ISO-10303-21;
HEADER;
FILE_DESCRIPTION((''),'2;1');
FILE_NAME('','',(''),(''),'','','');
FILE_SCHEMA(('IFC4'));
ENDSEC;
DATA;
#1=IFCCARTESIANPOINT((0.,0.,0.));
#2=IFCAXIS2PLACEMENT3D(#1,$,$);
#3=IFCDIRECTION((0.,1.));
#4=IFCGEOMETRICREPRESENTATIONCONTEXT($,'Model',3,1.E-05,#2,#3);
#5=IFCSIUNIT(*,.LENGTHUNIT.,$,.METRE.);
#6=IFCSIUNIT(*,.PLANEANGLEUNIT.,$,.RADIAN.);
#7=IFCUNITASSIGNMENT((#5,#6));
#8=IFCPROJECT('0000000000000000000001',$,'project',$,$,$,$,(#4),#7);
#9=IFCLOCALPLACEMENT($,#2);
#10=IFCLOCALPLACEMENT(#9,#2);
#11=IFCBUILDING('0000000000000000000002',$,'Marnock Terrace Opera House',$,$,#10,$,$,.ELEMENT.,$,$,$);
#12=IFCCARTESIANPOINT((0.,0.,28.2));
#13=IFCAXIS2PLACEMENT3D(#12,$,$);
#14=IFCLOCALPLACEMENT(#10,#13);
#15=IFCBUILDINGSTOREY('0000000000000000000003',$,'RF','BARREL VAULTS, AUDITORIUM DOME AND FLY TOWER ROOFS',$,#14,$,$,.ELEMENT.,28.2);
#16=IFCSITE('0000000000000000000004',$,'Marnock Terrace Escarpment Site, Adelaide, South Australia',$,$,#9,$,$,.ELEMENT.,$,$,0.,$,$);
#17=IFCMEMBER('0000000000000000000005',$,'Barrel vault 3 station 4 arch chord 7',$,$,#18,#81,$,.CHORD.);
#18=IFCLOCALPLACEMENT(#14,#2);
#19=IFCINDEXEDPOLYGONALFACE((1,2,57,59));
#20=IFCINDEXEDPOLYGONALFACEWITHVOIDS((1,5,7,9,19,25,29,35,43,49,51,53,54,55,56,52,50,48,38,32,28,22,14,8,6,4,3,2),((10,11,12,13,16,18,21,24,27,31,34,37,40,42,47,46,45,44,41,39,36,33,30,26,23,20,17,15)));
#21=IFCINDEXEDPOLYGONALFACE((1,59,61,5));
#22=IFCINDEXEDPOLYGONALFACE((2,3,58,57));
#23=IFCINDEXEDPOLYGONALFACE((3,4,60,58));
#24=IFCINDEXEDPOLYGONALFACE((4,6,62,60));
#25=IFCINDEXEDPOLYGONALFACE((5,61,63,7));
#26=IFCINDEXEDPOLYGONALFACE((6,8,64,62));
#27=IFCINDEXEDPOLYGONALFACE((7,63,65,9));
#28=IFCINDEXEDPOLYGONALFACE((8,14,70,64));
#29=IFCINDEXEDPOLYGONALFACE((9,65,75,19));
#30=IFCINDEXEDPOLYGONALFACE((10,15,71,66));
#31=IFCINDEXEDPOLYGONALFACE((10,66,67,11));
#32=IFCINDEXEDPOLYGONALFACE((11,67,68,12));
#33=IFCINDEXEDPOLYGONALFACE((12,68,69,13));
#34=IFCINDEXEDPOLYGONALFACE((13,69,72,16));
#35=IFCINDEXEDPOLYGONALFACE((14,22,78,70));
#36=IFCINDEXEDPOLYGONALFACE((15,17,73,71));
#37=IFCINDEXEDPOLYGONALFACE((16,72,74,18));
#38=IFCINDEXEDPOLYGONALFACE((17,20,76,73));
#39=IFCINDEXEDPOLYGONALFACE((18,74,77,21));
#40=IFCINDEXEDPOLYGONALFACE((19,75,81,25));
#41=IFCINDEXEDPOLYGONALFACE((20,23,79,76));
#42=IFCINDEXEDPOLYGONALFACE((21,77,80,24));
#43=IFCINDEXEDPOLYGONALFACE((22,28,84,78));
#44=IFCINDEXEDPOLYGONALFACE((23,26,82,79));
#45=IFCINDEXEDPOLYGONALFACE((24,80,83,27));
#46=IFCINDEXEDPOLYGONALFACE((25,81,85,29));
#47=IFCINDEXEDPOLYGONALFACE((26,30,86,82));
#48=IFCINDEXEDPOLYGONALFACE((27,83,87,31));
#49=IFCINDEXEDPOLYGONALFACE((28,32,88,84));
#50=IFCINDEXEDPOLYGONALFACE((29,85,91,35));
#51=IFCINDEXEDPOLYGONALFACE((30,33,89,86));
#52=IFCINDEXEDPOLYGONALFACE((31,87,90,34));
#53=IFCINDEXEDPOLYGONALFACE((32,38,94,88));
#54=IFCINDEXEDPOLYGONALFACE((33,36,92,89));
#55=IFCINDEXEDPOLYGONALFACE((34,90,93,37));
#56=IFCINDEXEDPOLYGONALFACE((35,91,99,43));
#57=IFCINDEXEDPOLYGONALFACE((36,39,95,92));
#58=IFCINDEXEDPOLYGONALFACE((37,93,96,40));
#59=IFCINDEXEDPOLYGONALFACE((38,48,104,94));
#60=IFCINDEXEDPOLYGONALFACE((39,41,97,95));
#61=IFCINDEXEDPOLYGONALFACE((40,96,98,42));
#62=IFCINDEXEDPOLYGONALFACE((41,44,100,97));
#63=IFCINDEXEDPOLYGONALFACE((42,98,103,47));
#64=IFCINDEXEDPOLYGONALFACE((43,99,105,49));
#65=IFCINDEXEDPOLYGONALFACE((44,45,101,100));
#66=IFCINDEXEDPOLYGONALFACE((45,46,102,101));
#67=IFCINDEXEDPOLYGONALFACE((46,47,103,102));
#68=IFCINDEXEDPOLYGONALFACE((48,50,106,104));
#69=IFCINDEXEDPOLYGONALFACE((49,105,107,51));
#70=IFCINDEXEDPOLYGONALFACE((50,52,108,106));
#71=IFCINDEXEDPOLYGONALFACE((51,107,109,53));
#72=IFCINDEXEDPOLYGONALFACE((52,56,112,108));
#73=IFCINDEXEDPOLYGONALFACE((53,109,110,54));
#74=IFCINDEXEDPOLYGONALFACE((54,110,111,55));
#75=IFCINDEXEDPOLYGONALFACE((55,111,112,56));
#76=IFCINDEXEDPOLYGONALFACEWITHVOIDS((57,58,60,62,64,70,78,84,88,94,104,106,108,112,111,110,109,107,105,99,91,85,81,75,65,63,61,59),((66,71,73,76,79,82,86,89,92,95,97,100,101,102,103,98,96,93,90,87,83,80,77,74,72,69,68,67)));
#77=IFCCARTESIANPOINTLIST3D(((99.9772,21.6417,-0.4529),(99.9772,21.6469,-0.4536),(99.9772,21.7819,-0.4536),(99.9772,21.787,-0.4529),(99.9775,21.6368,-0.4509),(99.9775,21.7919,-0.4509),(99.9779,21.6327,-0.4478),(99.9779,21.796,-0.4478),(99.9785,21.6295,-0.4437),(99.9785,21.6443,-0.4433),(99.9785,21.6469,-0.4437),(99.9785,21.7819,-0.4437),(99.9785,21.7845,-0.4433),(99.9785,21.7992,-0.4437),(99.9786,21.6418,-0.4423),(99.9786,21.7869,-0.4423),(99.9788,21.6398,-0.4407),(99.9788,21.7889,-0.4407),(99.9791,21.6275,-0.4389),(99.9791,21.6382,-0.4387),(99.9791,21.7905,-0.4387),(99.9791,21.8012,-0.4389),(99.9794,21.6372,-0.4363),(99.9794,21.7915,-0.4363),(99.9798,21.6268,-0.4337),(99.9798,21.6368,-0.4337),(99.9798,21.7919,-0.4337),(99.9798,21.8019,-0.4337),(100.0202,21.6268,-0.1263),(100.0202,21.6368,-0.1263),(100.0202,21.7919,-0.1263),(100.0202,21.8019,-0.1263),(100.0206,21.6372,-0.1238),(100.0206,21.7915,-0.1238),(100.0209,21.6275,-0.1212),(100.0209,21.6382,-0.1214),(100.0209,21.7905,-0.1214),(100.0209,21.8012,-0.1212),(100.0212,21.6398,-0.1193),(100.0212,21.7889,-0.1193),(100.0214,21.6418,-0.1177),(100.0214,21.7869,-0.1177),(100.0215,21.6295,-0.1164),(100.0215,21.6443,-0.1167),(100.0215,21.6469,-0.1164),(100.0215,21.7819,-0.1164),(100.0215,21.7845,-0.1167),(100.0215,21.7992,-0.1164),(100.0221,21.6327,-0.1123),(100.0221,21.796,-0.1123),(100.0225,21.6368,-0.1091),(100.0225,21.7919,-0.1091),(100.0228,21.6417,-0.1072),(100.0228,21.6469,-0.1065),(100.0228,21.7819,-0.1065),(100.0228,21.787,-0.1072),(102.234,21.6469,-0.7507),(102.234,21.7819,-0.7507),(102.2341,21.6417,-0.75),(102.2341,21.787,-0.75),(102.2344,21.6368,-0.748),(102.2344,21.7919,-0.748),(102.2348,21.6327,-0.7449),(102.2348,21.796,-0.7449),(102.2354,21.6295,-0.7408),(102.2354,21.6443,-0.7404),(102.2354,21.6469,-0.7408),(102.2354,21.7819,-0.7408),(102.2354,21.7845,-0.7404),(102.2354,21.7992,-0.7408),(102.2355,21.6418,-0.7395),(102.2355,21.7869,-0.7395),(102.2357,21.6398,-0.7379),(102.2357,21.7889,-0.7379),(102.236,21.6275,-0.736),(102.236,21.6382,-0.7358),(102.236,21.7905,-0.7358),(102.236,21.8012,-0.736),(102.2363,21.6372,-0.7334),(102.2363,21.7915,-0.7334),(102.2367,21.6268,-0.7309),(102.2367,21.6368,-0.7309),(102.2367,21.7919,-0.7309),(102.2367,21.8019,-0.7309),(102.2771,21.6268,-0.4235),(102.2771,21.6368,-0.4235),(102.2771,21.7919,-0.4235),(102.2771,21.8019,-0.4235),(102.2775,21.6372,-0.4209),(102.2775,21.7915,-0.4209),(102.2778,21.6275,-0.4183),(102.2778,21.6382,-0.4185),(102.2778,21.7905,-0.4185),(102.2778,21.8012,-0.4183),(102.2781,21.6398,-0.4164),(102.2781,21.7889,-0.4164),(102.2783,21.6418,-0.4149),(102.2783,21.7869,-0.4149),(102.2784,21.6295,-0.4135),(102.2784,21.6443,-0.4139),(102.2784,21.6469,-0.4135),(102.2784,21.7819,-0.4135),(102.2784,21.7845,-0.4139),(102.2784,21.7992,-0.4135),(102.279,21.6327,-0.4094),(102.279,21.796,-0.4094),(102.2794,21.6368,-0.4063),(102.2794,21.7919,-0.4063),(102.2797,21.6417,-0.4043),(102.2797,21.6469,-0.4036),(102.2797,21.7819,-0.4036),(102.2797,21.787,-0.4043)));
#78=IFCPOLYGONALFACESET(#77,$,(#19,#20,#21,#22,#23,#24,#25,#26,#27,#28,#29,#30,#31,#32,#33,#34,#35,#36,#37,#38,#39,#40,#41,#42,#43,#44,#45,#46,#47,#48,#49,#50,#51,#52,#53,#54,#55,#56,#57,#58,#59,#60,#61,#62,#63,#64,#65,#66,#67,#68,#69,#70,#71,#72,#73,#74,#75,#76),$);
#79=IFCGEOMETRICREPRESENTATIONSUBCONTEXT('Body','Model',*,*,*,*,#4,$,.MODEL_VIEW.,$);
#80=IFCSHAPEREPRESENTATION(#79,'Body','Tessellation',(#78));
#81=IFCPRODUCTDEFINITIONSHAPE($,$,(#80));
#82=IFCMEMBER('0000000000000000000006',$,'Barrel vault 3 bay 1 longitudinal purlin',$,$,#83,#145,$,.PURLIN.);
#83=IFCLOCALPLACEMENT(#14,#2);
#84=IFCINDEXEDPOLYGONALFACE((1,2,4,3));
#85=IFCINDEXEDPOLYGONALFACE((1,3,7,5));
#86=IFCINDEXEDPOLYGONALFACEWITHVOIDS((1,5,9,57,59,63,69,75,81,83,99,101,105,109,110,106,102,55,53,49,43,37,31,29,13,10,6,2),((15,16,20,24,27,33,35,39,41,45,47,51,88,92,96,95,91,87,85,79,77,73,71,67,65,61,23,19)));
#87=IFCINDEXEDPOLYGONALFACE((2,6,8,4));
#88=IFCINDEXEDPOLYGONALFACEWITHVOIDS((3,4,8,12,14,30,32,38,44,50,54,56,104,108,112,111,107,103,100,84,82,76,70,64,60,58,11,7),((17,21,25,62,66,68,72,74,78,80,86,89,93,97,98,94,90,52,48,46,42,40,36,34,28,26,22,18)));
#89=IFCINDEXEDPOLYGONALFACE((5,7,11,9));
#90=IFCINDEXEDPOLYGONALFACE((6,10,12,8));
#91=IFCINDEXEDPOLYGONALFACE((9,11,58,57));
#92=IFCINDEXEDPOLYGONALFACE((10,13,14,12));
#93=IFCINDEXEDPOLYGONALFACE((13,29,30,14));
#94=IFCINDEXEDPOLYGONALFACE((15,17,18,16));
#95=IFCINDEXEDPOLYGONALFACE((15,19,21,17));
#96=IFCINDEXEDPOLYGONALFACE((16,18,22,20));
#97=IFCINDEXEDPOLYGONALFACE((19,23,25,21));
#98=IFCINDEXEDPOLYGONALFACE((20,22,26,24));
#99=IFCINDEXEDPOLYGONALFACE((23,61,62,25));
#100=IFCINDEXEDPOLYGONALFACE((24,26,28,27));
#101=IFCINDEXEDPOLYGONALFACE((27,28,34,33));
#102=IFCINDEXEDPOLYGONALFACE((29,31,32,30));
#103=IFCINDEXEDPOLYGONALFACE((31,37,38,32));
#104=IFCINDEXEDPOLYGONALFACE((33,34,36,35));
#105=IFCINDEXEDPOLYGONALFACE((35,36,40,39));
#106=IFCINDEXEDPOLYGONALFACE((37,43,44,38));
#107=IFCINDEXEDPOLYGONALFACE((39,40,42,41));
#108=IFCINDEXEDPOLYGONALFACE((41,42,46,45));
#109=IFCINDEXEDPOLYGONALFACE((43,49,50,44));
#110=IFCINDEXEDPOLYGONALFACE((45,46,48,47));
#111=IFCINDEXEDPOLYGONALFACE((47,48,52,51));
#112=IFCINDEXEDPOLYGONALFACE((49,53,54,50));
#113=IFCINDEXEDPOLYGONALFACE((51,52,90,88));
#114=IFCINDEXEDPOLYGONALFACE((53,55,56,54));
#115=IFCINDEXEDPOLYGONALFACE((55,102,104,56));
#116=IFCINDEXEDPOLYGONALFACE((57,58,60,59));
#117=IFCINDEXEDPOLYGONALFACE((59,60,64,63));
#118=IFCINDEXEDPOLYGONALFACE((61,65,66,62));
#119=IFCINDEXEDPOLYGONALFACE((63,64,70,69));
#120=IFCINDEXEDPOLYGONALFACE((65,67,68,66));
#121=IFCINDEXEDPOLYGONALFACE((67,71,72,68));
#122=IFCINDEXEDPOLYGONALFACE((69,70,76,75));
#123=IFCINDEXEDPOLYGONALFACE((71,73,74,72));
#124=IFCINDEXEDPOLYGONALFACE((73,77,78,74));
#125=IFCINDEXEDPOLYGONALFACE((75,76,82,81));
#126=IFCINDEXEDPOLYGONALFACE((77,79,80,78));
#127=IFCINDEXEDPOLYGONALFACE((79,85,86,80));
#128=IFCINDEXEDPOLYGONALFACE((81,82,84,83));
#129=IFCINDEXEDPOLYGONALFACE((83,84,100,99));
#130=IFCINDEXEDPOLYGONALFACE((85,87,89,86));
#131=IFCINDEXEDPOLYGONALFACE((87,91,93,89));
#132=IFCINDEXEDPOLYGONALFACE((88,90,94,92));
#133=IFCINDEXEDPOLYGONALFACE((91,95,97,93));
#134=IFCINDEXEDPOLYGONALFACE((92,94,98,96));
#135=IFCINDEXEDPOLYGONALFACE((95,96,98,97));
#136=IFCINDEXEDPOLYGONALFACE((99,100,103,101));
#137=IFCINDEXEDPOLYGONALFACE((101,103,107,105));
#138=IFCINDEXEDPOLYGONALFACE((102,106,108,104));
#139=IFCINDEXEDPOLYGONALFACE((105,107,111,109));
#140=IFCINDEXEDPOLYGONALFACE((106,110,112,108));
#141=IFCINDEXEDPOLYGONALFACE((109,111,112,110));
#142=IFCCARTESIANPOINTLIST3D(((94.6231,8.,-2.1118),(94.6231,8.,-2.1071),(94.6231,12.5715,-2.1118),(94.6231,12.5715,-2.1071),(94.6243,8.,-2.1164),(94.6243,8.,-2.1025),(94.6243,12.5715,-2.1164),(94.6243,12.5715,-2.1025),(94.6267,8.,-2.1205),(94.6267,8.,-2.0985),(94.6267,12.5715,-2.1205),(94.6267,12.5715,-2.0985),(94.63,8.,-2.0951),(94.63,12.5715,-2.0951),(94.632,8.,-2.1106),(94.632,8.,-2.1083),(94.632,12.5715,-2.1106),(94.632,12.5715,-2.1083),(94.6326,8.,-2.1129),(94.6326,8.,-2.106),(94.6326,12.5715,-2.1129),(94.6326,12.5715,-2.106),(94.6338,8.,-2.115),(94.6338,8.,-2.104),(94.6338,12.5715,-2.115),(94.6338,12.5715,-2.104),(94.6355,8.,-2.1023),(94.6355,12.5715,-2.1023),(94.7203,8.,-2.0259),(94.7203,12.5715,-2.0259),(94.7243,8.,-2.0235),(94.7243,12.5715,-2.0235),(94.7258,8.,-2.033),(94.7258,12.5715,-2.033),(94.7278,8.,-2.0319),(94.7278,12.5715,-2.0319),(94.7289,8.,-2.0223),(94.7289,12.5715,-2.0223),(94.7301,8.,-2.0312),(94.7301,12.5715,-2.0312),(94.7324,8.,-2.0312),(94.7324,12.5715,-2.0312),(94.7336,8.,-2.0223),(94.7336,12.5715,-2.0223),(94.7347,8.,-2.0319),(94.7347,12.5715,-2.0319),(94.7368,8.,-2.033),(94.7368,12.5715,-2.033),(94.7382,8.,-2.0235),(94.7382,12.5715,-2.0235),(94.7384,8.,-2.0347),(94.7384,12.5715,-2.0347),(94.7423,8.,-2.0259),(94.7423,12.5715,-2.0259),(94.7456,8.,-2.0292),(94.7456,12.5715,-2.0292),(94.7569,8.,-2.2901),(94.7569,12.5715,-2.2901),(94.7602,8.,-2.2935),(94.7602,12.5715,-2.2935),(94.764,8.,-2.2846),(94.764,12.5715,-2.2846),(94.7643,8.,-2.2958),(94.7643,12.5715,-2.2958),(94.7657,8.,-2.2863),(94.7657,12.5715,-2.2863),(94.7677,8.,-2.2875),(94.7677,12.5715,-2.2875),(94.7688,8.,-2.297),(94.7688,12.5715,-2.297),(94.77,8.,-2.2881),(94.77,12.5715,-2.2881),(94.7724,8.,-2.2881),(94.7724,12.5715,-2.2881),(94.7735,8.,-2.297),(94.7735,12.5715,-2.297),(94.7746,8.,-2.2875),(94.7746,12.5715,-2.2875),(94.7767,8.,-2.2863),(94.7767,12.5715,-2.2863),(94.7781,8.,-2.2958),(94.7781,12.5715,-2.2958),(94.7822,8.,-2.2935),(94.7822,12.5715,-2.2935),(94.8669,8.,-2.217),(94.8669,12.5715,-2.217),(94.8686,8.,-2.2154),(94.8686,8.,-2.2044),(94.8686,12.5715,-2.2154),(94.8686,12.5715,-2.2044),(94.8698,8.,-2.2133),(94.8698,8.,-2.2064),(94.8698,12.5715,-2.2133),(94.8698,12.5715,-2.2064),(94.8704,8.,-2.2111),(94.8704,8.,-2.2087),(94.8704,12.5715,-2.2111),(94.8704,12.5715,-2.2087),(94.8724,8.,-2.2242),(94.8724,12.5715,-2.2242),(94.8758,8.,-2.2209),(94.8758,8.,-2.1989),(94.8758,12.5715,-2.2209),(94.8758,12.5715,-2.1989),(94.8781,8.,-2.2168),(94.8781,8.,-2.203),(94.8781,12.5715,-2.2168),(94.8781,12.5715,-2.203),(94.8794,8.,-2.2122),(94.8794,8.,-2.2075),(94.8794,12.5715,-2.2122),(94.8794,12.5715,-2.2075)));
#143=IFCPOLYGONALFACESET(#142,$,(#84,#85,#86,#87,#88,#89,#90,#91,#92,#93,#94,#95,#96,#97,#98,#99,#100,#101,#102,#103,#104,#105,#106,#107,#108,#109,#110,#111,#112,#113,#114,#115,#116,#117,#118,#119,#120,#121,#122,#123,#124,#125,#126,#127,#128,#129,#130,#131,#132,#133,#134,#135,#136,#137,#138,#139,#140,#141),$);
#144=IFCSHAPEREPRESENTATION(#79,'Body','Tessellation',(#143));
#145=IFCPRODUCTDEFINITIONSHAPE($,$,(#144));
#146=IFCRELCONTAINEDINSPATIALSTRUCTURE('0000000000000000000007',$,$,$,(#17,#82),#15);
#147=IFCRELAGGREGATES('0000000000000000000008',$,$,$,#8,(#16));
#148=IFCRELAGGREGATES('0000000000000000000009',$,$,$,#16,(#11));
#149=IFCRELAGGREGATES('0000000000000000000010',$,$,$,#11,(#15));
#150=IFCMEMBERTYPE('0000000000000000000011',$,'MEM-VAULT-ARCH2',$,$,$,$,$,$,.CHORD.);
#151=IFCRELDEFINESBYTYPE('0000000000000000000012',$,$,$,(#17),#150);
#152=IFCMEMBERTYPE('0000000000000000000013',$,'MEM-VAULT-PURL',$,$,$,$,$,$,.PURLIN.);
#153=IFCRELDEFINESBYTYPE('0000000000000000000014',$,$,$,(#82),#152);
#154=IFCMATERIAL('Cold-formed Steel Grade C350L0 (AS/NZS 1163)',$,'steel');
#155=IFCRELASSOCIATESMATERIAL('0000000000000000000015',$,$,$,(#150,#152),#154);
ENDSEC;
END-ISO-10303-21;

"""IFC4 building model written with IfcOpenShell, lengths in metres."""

from ifc_helpers import new_model, si_unit, direction, frame, origin, origin_2d, place, context, subcontext, project, spatial, hollow_rectangle, extrude, material, material_profile, profile_set, type_object, element, save


model = new_model("IFC4")

# Units and contexts
model_context = context("Model", 3, precision=1e-05, world=origin(), true_north=direction((0.0, 1.0)))
body_context = subcontext(model_context, "Body", "Model", "MODEL_VIEW")
ifc_project = project(units=[si_unit("LENGTHUNIT", "METRE"), si_unit("PLANEANGLEUNIT", "RADIAN")], contexts=[model_context])

# Site, building, storey
site_placement = place(None, origin())
site = spatial("IfcSite", under=ifc_project, at=site_placement, Name="Marnock Terrace Escarpment Site, Adelaide, South Australia", CompositionType="ELEMENT", RefElevation=0.0)
building_placement = place(site_placement, origin())
building = spatial("IfcBuilding", under=site, at=building_placement, Name="Marnock Terrace Opera House", CompositionType="ELEMENT")
storey_placement = place(building_placement, frame((0.0, 0.0, 28.2)))
storey = spatial("IfcBuildingStorey", under=building, at=storey_placement, Name="RF", Description="BARREL VAULTS, AUDITORIUM DOME AND FLY TOWER ROOFS", CompositionType="ELEMENT", Elevation=28.2)

# Members
ifc_material_1 = material(Name="Cold-formed Steel Grade C350L0 (AS/NZS 1163)", Category="steel")
ifc_material_profile_1 = material_profile(ifc_material_1, hollow_rectangle(XDim=0.175, YDim=0.3501, WallThickness=0.01, InnerFilletRadius=0.01, OuterFilletRadius=0.02, at=origin_2d()))
ifc_profile_set_1 = profile_set([ifc_material_profile_1], Name="Cold-formed Steel Grade C350L0 (AS/NZS 1163)")
member_type_1 = type_object("IfcMemberType", Name="MEM-VAULT-ARCH2", PredefinedType="CHORD", material=ifc_profile_set_1)
for number, where, z_axis, x_axis, name in (
    (1, (100.0, 21.7144, -0.28), (0.991445, 0.0, -0.130527), (0.0, 1.0, 0.0), "Barrel vault 3 station 4 arch chord 7"),
):
    element("IfcMember", number, at=place(storey_placement, frame(where, z_axis=z_axis, x_axis=x_axis)), inside=storey, type_object=member_type_1, Name=name, PredefinedType="CHORD", context=body_context, shape_type="SweptSolid", body=[
        extrude(hollow_rectangle(XDim=0.175, YDim=0.3501, WallThickness=0.01, InnerFilletRadius=0.01, OuterFilletRadius=0.02, at=origin_2d()), origin(), (0.0, 0.0, 1.0), 2.2764),
    ])
ifc_material_profile_2 = material_profile(ifc_material_1, hollow_rectangle(XDim=0.1499, YDim=0.25, WallThickness=0.009, InnerFilletRadius=0.009, OuterFilletRadius=0.0181, at=origin_2d()))
ifc_profile_set_2 = profile_set([ifc_material_profile_2], Name="Cold-formed Steel Grade C350L0 (AS/NZS 1163)")
member_type_2 = type_object("IfcMemberType", Name="MEM-VAULT-PURL", PredefinedType="PURLIN", material=ifc_profile_set_2)
for number, where, z_axis, x_axis, name in (
    (2, (94.7512, 8.0, -2.1597), (0.0, 1.0, 0.0), (-0.793353, 0.0, -0.608761), "Barrel vault 3 bay 1 longitudinal purlin"),
):
    element("IfcMember", number, at=place(storey_placement, frame(where, z_axis=z_axis, x_axis=x_axis)), inside=storey, type_object=member_type_2, Name=name, PredefinedType="PURLIN", context=body_context, shape_type="SweptSolid", body=[
        extrude(hollow_rectangle(XDim=0.1499, YDim=0.25, WallThickness=0.009, InnerFilletRadius=0.009, OuterFilletRadius=0.0181, at=origin_2d()), origin(), (0.0, 0.0, 1.0), 4.5715),
    ])

save(model, "model.ifc")
